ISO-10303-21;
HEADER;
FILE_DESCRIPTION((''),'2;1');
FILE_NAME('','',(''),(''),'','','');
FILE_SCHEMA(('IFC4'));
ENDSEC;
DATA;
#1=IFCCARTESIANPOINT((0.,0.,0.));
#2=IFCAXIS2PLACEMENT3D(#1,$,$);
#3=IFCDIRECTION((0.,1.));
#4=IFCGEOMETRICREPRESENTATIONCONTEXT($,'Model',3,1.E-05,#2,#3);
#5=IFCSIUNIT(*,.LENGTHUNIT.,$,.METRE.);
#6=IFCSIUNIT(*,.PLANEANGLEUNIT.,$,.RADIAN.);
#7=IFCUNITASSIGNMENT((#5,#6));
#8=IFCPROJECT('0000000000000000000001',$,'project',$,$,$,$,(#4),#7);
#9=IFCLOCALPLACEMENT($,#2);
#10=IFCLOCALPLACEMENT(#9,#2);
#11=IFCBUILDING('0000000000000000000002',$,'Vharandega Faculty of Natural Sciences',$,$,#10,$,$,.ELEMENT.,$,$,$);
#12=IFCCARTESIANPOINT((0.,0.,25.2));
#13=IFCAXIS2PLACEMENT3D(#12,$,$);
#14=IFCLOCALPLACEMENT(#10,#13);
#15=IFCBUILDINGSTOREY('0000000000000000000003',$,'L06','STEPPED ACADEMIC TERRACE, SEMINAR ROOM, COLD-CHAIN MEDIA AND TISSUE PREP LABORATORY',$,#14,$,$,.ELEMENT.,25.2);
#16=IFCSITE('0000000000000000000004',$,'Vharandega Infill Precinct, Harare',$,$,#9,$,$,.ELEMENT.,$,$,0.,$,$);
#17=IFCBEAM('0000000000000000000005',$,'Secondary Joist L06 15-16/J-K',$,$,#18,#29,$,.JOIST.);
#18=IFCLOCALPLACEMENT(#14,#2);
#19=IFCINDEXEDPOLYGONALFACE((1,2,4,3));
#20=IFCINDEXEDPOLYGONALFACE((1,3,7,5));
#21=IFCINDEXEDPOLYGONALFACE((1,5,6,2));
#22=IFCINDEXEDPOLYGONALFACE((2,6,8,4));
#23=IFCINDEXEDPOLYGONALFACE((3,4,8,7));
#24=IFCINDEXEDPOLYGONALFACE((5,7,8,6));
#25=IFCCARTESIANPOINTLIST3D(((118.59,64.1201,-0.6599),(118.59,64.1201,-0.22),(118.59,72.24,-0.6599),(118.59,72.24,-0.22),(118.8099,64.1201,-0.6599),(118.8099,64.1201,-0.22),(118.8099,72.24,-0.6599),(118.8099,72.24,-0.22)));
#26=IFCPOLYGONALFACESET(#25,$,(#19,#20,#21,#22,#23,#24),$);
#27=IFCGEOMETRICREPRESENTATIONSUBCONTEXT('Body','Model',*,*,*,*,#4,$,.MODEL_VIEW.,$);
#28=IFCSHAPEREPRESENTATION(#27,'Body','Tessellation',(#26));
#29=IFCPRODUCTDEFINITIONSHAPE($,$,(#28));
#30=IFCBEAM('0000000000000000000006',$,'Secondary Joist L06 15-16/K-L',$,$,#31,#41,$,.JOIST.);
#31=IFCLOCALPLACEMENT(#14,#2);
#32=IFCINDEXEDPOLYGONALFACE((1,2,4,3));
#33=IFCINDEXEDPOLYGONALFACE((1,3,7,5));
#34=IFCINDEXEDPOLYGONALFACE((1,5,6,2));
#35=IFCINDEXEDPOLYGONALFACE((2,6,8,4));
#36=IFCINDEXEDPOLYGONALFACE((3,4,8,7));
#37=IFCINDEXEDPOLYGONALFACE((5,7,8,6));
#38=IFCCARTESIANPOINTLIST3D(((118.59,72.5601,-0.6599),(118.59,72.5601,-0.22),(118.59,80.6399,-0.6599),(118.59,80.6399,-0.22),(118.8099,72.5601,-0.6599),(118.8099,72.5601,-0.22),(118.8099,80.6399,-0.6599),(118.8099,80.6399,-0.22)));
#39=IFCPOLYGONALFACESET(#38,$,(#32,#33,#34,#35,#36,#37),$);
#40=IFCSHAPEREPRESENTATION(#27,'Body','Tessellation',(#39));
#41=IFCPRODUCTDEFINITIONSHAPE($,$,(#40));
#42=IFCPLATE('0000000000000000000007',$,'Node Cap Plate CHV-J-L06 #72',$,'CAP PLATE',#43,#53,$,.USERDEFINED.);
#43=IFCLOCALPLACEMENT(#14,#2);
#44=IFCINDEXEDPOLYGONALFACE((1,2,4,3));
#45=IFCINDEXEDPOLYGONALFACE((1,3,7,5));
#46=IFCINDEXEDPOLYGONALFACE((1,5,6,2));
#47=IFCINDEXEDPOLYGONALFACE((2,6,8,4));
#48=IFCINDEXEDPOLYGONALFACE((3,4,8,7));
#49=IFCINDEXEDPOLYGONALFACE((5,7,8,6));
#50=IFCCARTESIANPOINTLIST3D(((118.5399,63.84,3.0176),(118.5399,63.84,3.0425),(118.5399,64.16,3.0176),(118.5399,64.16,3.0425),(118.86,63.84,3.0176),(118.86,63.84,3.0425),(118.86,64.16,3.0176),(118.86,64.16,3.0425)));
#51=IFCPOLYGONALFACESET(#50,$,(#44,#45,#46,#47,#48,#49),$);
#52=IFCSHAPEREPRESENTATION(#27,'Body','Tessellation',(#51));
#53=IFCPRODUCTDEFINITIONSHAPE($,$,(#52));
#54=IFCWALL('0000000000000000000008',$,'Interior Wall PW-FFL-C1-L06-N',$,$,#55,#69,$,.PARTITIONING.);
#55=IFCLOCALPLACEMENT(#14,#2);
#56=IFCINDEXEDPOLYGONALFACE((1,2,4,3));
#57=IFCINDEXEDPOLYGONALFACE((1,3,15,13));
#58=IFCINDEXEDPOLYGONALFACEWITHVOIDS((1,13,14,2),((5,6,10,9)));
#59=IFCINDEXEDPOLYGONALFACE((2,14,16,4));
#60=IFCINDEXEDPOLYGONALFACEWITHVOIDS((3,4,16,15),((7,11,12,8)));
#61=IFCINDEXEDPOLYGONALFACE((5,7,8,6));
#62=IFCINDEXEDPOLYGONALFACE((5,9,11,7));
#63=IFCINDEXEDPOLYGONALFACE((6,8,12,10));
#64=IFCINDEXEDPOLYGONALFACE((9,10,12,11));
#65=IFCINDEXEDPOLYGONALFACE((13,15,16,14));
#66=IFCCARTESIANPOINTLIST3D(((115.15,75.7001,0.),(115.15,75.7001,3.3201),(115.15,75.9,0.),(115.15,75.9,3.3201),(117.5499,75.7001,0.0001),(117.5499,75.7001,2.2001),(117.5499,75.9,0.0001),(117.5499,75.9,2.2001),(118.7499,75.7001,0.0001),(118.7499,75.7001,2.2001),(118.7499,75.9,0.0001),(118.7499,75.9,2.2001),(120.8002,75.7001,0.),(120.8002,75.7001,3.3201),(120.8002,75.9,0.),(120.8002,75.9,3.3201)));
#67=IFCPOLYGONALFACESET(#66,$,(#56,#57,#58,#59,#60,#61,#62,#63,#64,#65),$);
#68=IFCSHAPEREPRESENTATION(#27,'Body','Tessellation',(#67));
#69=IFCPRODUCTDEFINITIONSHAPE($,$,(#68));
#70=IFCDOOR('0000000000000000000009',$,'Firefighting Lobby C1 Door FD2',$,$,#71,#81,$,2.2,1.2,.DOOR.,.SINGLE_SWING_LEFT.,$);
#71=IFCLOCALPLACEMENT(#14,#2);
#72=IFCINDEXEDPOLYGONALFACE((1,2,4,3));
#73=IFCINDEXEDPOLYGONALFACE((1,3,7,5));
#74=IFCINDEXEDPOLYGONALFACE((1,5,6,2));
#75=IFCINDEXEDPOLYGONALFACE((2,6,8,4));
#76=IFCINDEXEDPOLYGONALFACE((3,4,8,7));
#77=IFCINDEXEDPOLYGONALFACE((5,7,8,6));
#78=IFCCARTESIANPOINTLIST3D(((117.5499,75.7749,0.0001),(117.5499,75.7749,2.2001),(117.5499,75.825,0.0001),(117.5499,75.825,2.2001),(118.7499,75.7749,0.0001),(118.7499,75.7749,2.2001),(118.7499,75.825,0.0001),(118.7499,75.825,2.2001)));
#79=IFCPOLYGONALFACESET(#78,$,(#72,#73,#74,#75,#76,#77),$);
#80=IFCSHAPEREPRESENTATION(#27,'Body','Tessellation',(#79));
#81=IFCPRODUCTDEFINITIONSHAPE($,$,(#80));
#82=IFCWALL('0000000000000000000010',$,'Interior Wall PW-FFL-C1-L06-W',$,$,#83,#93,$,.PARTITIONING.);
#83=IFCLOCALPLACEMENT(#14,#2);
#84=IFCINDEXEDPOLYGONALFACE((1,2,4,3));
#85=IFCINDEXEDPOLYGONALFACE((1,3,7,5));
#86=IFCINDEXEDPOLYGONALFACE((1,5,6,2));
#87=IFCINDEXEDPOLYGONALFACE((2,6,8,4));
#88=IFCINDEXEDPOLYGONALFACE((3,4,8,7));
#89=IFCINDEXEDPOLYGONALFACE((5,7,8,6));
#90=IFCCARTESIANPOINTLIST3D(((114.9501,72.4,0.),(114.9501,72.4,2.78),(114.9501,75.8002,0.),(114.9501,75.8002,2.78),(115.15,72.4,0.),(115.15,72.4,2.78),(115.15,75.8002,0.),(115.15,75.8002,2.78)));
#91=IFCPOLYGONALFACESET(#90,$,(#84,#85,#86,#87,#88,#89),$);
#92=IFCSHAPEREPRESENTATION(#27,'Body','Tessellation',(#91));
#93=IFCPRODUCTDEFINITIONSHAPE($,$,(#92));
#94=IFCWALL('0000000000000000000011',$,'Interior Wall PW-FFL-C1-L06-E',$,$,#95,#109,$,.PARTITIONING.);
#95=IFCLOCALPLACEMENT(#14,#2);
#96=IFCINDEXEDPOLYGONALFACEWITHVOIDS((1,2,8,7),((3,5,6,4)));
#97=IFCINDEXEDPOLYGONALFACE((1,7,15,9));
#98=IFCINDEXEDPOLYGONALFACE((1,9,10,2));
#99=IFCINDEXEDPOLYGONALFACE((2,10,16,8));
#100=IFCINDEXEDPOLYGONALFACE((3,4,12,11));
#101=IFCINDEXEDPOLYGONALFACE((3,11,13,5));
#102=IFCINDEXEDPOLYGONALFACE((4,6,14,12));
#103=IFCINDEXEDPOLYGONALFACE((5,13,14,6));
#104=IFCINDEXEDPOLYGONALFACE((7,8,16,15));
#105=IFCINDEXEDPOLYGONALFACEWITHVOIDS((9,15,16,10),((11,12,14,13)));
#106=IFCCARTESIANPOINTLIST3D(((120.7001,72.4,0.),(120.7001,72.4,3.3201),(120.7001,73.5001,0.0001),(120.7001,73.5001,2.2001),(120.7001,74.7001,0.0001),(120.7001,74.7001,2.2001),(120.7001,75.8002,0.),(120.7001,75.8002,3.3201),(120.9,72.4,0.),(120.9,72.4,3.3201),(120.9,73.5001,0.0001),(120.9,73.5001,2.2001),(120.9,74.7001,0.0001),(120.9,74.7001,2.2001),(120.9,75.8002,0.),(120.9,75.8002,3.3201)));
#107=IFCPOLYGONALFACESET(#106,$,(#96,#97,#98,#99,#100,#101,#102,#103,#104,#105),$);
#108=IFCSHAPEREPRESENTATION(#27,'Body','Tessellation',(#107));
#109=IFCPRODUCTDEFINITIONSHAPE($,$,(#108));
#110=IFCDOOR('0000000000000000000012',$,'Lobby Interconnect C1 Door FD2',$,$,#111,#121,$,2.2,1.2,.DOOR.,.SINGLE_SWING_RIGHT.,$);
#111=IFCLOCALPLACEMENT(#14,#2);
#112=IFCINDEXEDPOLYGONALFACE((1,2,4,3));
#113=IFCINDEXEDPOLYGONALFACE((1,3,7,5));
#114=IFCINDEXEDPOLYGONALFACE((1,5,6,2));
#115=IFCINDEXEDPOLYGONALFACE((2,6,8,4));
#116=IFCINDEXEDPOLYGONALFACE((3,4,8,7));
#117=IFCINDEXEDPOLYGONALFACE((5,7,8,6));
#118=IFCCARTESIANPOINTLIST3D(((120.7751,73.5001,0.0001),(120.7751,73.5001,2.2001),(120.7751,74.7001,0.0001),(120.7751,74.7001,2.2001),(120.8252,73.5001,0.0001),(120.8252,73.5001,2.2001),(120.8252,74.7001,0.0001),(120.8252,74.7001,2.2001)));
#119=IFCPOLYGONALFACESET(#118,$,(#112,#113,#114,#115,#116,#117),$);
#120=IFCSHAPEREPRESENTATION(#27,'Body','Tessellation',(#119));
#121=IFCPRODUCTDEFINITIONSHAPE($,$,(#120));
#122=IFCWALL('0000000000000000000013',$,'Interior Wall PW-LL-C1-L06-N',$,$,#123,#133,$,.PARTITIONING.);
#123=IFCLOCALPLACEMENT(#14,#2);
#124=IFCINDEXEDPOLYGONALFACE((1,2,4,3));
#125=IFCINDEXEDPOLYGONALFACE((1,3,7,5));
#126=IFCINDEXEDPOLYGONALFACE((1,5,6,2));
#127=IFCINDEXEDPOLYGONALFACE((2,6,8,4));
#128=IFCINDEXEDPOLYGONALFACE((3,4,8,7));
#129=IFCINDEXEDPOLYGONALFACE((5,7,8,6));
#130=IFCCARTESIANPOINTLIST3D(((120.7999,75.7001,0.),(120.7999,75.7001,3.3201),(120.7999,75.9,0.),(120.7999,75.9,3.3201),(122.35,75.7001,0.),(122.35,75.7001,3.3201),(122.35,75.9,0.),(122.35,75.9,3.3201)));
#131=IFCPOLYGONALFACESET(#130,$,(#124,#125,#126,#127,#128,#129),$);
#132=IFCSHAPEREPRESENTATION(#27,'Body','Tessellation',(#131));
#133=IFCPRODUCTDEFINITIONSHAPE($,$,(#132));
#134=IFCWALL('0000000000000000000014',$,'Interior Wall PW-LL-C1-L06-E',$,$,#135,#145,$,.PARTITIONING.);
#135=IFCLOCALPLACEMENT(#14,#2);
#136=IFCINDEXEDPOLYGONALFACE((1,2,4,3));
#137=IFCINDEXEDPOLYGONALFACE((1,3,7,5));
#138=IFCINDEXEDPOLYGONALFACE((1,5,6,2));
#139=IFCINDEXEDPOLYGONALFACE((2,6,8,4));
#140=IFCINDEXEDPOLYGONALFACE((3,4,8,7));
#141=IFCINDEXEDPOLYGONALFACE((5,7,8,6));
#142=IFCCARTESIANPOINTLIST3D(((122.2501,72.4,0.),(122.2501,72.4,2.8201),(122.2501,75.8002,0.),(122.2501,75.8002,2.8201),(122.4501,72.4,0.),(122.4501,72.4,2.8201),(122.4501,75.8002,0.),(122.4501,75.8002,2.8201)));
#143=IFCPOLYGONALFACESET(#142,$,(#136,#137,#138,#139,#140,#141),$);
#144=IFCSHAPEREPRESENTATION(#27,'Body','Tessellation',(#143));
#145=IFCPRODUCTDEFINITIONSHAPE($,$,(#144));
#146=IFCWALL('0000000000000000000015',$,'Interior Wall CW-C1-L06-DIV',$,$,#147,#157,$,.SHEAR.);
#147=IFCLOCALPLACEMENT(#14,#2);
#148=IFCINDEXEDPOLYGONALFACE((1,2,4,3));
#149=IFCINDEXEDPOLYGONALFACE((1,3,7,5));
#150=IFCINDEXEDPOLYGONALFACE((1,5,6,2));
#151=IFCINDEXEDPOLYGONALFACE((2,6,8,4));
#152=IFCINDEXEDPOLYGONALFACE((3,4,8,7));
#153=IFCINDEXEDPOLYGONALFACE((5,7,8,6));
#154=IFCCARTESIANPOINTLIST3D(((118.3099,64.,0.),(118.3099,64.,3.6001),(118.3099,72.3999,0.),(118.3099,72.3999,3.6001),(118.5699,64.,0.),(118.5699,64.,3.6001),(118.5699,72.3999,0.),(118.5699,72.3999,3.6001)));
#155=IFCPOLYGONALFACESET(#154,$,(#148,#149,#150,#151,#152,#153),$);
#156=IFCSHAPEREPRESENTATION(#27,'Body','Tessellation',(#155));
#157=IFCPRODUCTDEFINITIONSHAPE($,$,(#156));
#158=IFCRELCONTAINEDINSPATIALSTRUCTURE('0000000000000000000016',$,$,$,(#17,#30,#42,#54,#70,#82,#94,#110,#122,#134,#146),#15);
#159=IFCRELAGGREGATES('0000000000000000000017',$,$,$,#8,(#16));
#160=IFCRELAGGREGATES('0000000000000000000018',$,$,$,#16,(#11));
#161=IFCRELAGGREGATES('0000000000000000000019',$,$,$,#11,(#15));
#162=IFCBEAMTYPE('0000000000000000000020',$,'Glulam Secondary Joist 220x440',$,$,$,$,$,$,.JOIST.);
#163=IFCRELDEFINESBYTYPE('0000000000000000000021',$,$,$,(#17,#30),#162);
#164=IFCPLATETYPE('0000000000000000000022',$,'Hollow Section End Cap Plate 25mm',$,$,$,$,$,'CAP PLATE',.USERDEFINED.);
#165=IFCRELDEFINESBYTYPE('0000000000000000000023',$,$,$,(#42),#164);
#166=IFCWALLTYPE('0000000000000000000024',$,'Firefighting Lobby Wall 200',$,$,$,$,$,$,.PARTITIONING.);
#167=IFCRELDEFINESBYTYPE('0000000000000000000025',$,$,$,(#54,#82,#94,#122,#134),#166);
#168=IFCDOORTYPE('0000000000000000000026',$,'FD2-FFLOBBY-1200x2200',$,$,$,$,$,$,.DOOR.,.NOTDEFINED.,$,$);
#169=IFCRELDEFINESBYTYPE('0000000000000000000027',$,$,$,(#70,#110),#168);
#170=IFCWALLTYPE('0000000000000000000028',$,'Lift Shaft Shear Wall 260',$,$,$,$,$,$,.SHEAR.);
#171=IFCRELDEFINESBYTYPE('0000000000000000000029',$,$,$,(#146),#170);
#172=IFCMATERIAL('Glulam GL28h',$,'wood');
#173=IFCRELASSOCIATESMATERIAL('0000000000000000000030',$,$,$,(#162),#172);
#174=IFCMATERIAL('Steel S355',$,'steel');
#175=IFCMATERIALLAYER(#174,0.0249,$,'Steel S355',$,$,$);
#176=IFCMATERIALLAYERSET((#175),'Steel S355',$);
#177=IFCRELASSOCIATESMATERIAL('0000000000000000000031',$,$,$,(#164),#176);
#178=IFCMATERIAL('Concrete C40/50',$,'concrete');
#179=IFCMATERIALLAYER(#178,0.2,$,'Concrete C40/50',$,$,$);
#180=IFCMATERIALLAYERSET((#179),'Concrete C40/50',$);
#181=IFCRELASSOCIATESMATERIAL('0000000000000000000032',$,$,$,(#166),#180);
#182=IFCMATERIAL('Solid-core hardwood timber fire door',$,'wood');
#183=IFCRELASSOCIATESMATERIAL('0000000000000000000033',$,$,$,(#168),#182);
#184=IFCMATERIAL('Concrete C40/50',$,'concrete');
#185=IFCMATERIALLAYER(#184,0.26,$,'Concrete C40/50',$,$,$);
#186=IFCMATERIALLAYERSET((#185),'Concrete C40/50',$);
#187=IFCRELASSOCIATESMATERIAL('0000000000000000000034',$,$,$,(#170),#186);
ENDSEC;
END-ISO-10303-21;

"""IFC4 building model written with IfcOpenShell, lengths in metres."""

from ifc_helpers import new_model, si_unit, direction, frame, frame_2d, origin, origin_2d, place, context, subcontext, project, spatial, rectangle, extrude, material, layer, layer_set, material_profile, profile_set, type_object, element, fill, save


model = new_model("IFC4")

# Units and contexts
model_context = context("Model", 3, precision=1e-05, world=origin(), true_north=direction((0.0, 1.0)))
body_context = subcontext(model_context, "Body", "Model", "MODEL_VIEW")
ifc_project = project(units=[si_unit("LENGTHUNIT", "METRE"), si_unit("PLANEANGLEUNIT", "RADIAN")], contexts=[model_context])

# Site, building, storey
site_placement = place(None, origin())
site = spatial("IfcSite", under=ifc_project, at=site_placement, Name="Vharandega Infill Precinct, Harare", CompositionType="ELEMENT", RefElevation=0.0)
building_placement = place(site_placement, origin())
building = spatial("IfcBuilding", under=site, at=building_placement, Name="Vharandega Faculty of Natural Sciences", CompositionType="ELEMENT")
storey_placement = place(building_placement, frame((0.0, 0.0, 25.2)))
storey = spatial("IfcBuildingStorey", under=building, at=storey_placement, Name="L06", Description="STEPPED ACADEMIC TERRACE, SEMINAR ROOM, COLD-CHAIN MEDIA AND TISSUE PREP LABORATORY", CompositionType="ELEMENT", Elevation=25.2)

# Beams
ifc_material_1 = material(Name="Glulam GL28h", Category="wood")
ifc_material_profile = material_profile(ifc_material_1, rectangle(XDim=0.22, YDim=0.4399, at=origin_2d()), Name="GL28h 220x440")
ifc_profile_set = profile_set([ifc_material_profile], Name="Glulam GL28h")
beam_type = type_object("IfcBeamType", Name="Glulam Secondary Joist 220x440", PredefinedType="JOIST", material=ifc_profile_set)
beam_1_placement = place(storey_placement, frame((118.7, 64.1201, -0.4399), z_axis=(0.0, 1.0, 0.0), x_axis=(-1.0, 0.0, 0.0)))
element("IfcBeam", 1, at=beam_1_placement, inside=storey, type_object=beam_type, Name="Secondary Joist L06 15-16/J-K", PredefinedType="JOIST", context=body_context, shape_type="SweptSolid", body=[
    extrude(rectangle(XDim=0.22, YDim=0.4399, at=origin_2d()), origin(), (0.0, 0.0, 1.0), 8.1199),
])
beam_2_placement = place(storey_placement, frame((118.7, 72.5601, -0.4399), z_axis=(0.0, 1.0, 0.0), x_axis=(-1.0, 0.0, 0.0)))
element("IfcBeam", 2, at=beam_2_placement, inside=storey, type_object=beam_type, Name="Secondary Joist L06 15-16/K-L", PredefinedType="JOIST", context=body_context, shape_type="SweptSolid", body=[
    extrude(rectangle(XDim=0.22, YDim=0.4399, at=origin_2d()), origin(), (0.0, 0.0, 1.0), 8.0798),
])

# Plate
ifc_material_2 = material(Name="Steel S355", Category="steel")
ifc_layer_1 = layer(ifc_material_2, 0.0249, Name="Steel S355")
ifc_layer_set_1 = layer_set([ifc_layer_1], Name="Steel S355")
plate_type = type_object("IfcPlateType", Name="Hollow Section End Cap Plate 25mm", ElementType="CAP PLATE", PredefinedType="USERDEFINED", material=ifc_layer_set_1)
plate_placement = place(storey_placement, frame((118.7, 64.0, 3.0176), z_axis=(0.0, 0.0, 1.0), x_axis=(1.0, 0.0, 0.0)))
element("IfcPlate", 3, at=plate_placement, inside=storey, type_object=plate_type, Name="Node Cap Plate CHV-J-L06 #72", ObjectType="CAP PLATE", PredefinedType="USERDEFINED", context=body_context, shape_type="SweptSolid", body=[
    extrude(rectangle(XDim=0.3201, YDim=0.3201, at=origin_2d()), origin(), (0.0, 0.0, 1.0), 0.0249),
])

# Wall, opening, door
ifc_material_3 = material(Name="Concrete C40/50", Category="concrete")
ifc_layer_2 = layer(ifc_material_3, 0.2, Name="Concrete C40/50")
ifc_layer_set_2 = layer_set([ifc_layer_2], Name="Concrete C40/50")
wall_type_1 = type_object("IfcWallType", Name="Firefighting Lobby Wall 200", PredefinedType="PARTITIONING", material=ifc_layer_set_2)
wall_1_placement = place(storey_placement, frame((115.1499, 75.8, 0.0), z_axis=(0.0, 0.0, 1.0), x_axis=(1.0, 0.0, 0.0)))
wall_1 = element("IfcWall", 4, at=wall_1_placement, inside=storey, type_object=wall_type_1, Name="Interior Wall PW-FFL-C1-L06-N", PredefinedType="PARTITIONING", context=body_context, shape_type="SweptSolid", body=[
    extrude(rectangle(XDim=5.6501, YDim=0.2, at=frame_2d((2.8252, 0.0))), origin(), (0.0, 0.0, 1.0), 3.3201),
])
opening_1_placement = place(wall_1_placement, frame((2.3999, 0.0, 0.0)))
opening_1 = element("IfcOpeningElement", 5, at=opening_1_placement, cuts=wall_1, PredefinedType="OPENING", context=body_context, shape_type="SweptSolid", body=[
    extrude(rectangle(XDim=1.2, YDim=2.2, at=frame_2d((0.6001, 1.1001))), frame((0.0, 0.1099, 0.0), z_axis=(0.0, -1.0, 0.0), x_axis=(1.0, 0.0, 0.0)), (0.0, 0.0, 1.0), 0.22),
])
ifc_material_4 = material(Name="Solid-core hardwood timber fire door", Category="wood")
door_type_1 = type_object("IfcDoorType", Name="FD2-FFLOBBY-1200x2200", OperationType="NOTDEFINED", PredefinedType="DOOR", material=ifc_material_4)
door_1_placement = place(opening_1_placement, origin())
door_1 = element("IfcDoor", 6, at=door_1_placement, inside=storey, type_object=door_type_1, Name="Firefighting Lobby C1 Door FD2", OperationType="SINGLE_SWING_LEFT", OverallHeight=2.2, OverallWidth=1.2, PredefinedType="DOOR", context=body_context, shape_type="SweptSolid", body=[
    extrude(rectangle(XDim=1.2, YDim=2.2, at=frame_2d((0.6001, 1.1001))), frame((0.0, 0.0249, 0.0), z_axis=(0.0, -1.0, 0.0), x_axis=(1.0, 0.0, 0.0)), (0.0, 0.0, 1.0), 0.05),
])
fill(opening_1, door_1)

# Wall
wall_2_placement = place(storey_placement, frame((115.05, 72.3999, 0.0), z_axis=(0.0, 0.0, 1.0), x_axis=(0.0, 1.0, 0.0)))
element("IfcWall", 7, at=wall_2_placement, inside=storey, type_object=wall_type_1, Name="Interior Wall PW-FFL-C1-L06-W", PredefinedType="PARTITIONING", context=body_context, shape_type="SweptSolid", body=[
    extrude(rectangle(XDim=3.4001, YDim=0.2, at=frame_2d((1.7002, 0.0))), origin(), (0.0, 0.0, 1.0), 2.78),
])

# Wall, opening, door
wall_3_placement = place(storey_placement, frame((120.8, 72.3999, 0.0), z_axis=(0.0, 0.0, 1.0), x_axis=(0.0, 1.0, 0.0)))
wall_3 = element("IfcWall", 8, at=wall_3_placement, inside=storey, type_object=wall_type_1, Name="Interior Wall PW-FFL-C1-L06-E", PredefinedType="PARTITIONING", context=body_context, shape_type="SweptSolid", body=[
    extrude(rectangle(XDim=3.4001, YDim=0.2, at=frame_2d((1.7002, 0.0))), origin(), (0.0, 0.0, 1.0), 3.3201),
])
opening_2_placement = place(wall_3_placement, frame((1.1001, 0.0, 0.0)))
opening_2 = element("IfcOpeningElement", 9, at=opening_2_placement, cuts=wall_3, PredefinedType="OPENING", context=body_context, shape_type="SweptSolid", body=[
    extrude(rectangle(XDim=1.2, YDim=2.2, at=frame_2d((0.6001, 1.1001))), frame((0.0, 0.1099, 0.0), z_axis=(0.0, -1.0, 0.0), x_axis=(1.0, 0.0, 0.0)), (0.0, 0.0, 1.0), 0.22),
])
door_2_placement = place(opening_2_placement, origin())
door_2 = element("IfcDoor", 10, at=door_2_placement, inside=storey, type_object=door_type_1, Name="Lobby Interconnect C1 Door FD2", OperationType="SINGLE_SWING_RIGHT", OverallHeight=2.2, OverallWidth=1.2, PredefinedType="DOOR", context=body_context, shape_type="SweptSolid", body=[
    extrude(rectangle(XDim=1.2, YDim=2.2, at=frame_2d((0.6001, 1.1001))), frame((0.0, 0.0249, 0.0), z_axis=(0.0, -1.0, 0.0), x_axis=(1.0, 0.0, 0.0)), (0.0, 0.0, 1.0), 0.05),
])
fill(opening_2, door_2)

# Walls
wall_4_placement = place(storey_placement, frame((120.8, 75.8, 0.0), z_axis=(0.0, 0.0, 1.0), x_axis=(1.0, 0.0, 0.0)))
element("IfcWall", 11, at=wall_4_placement, inside=storey, type_object=wall_type_1, Name="Interior Wall PW-LL-C1-L06-N", PredefinedType="PARTITIONING", context=body_context, shape_type="SweptSolid", body=[
    extrude(rectangle(XDim=1.55, YDim=0.2, at=frame_2d((0.7749, 0.0))), origin(), (0.0, 0.0, 1.0), 3.3201),
])
wall_5_placement = place(storey_placement, frame((122.3501, 72.3999, 0.0), z_axis=(0.0, 0.0, 1.0), x_axis=(0.0, 1.0, 0.0)))
element("IfcWall", 12, at=wall_5_placement, inside=storey, type_object=wall_type_1, Name="Interior Wall PW-LL-C1-L06-E", PredefinedType="PARTITIONING", context=body_context, shape_type="SweptSolid", body=[
    extrude(rectangle(XDim=3.4001, YDim=0.2, at=frame_2d((1.7002, 0.0))), origin(), (0.0, 0.0, 1.0), 2.8201),
])
ifc_material_5 = material(Name="Concrete C40/50", Category="concrete")
ifc_layer_3 = layer(ifc_material_5, 0.26, Name="Concrete C40/50")
ifc_layer_set_3 = layer_set([ifc_layer_3], Name="Concrete C40/50")
wall_type_2 = type_object("IfcWallType", Name="Lift Shaft Shear Wall 260", PredefinedType="SHEAR", material=ifc_layer_set_3)
wall_6_placement = place(storey_placement, frame((118.4399, 64.0, 0.0), z_axis=(0.0, 0.0, 1.0), x_axis=(0.0, 1.0, 0.0)))
element("IfcWall", 13, at=wall_6_placement, inside=storey, type_object=wall_type_2, Name="Interior Wall CW-C1-L06-DIV", PredefinedType="SHEAR", context=body_context, shape_type="SweptSolid", body=[
    extrude(rectangle(XDim=8.3999, YDim=0.26, at=frame_2d((4.2, 0.0))), origin(), (0.0, 0.0, 1.0), 3.6001),
])

save(model, "model.ifc")
